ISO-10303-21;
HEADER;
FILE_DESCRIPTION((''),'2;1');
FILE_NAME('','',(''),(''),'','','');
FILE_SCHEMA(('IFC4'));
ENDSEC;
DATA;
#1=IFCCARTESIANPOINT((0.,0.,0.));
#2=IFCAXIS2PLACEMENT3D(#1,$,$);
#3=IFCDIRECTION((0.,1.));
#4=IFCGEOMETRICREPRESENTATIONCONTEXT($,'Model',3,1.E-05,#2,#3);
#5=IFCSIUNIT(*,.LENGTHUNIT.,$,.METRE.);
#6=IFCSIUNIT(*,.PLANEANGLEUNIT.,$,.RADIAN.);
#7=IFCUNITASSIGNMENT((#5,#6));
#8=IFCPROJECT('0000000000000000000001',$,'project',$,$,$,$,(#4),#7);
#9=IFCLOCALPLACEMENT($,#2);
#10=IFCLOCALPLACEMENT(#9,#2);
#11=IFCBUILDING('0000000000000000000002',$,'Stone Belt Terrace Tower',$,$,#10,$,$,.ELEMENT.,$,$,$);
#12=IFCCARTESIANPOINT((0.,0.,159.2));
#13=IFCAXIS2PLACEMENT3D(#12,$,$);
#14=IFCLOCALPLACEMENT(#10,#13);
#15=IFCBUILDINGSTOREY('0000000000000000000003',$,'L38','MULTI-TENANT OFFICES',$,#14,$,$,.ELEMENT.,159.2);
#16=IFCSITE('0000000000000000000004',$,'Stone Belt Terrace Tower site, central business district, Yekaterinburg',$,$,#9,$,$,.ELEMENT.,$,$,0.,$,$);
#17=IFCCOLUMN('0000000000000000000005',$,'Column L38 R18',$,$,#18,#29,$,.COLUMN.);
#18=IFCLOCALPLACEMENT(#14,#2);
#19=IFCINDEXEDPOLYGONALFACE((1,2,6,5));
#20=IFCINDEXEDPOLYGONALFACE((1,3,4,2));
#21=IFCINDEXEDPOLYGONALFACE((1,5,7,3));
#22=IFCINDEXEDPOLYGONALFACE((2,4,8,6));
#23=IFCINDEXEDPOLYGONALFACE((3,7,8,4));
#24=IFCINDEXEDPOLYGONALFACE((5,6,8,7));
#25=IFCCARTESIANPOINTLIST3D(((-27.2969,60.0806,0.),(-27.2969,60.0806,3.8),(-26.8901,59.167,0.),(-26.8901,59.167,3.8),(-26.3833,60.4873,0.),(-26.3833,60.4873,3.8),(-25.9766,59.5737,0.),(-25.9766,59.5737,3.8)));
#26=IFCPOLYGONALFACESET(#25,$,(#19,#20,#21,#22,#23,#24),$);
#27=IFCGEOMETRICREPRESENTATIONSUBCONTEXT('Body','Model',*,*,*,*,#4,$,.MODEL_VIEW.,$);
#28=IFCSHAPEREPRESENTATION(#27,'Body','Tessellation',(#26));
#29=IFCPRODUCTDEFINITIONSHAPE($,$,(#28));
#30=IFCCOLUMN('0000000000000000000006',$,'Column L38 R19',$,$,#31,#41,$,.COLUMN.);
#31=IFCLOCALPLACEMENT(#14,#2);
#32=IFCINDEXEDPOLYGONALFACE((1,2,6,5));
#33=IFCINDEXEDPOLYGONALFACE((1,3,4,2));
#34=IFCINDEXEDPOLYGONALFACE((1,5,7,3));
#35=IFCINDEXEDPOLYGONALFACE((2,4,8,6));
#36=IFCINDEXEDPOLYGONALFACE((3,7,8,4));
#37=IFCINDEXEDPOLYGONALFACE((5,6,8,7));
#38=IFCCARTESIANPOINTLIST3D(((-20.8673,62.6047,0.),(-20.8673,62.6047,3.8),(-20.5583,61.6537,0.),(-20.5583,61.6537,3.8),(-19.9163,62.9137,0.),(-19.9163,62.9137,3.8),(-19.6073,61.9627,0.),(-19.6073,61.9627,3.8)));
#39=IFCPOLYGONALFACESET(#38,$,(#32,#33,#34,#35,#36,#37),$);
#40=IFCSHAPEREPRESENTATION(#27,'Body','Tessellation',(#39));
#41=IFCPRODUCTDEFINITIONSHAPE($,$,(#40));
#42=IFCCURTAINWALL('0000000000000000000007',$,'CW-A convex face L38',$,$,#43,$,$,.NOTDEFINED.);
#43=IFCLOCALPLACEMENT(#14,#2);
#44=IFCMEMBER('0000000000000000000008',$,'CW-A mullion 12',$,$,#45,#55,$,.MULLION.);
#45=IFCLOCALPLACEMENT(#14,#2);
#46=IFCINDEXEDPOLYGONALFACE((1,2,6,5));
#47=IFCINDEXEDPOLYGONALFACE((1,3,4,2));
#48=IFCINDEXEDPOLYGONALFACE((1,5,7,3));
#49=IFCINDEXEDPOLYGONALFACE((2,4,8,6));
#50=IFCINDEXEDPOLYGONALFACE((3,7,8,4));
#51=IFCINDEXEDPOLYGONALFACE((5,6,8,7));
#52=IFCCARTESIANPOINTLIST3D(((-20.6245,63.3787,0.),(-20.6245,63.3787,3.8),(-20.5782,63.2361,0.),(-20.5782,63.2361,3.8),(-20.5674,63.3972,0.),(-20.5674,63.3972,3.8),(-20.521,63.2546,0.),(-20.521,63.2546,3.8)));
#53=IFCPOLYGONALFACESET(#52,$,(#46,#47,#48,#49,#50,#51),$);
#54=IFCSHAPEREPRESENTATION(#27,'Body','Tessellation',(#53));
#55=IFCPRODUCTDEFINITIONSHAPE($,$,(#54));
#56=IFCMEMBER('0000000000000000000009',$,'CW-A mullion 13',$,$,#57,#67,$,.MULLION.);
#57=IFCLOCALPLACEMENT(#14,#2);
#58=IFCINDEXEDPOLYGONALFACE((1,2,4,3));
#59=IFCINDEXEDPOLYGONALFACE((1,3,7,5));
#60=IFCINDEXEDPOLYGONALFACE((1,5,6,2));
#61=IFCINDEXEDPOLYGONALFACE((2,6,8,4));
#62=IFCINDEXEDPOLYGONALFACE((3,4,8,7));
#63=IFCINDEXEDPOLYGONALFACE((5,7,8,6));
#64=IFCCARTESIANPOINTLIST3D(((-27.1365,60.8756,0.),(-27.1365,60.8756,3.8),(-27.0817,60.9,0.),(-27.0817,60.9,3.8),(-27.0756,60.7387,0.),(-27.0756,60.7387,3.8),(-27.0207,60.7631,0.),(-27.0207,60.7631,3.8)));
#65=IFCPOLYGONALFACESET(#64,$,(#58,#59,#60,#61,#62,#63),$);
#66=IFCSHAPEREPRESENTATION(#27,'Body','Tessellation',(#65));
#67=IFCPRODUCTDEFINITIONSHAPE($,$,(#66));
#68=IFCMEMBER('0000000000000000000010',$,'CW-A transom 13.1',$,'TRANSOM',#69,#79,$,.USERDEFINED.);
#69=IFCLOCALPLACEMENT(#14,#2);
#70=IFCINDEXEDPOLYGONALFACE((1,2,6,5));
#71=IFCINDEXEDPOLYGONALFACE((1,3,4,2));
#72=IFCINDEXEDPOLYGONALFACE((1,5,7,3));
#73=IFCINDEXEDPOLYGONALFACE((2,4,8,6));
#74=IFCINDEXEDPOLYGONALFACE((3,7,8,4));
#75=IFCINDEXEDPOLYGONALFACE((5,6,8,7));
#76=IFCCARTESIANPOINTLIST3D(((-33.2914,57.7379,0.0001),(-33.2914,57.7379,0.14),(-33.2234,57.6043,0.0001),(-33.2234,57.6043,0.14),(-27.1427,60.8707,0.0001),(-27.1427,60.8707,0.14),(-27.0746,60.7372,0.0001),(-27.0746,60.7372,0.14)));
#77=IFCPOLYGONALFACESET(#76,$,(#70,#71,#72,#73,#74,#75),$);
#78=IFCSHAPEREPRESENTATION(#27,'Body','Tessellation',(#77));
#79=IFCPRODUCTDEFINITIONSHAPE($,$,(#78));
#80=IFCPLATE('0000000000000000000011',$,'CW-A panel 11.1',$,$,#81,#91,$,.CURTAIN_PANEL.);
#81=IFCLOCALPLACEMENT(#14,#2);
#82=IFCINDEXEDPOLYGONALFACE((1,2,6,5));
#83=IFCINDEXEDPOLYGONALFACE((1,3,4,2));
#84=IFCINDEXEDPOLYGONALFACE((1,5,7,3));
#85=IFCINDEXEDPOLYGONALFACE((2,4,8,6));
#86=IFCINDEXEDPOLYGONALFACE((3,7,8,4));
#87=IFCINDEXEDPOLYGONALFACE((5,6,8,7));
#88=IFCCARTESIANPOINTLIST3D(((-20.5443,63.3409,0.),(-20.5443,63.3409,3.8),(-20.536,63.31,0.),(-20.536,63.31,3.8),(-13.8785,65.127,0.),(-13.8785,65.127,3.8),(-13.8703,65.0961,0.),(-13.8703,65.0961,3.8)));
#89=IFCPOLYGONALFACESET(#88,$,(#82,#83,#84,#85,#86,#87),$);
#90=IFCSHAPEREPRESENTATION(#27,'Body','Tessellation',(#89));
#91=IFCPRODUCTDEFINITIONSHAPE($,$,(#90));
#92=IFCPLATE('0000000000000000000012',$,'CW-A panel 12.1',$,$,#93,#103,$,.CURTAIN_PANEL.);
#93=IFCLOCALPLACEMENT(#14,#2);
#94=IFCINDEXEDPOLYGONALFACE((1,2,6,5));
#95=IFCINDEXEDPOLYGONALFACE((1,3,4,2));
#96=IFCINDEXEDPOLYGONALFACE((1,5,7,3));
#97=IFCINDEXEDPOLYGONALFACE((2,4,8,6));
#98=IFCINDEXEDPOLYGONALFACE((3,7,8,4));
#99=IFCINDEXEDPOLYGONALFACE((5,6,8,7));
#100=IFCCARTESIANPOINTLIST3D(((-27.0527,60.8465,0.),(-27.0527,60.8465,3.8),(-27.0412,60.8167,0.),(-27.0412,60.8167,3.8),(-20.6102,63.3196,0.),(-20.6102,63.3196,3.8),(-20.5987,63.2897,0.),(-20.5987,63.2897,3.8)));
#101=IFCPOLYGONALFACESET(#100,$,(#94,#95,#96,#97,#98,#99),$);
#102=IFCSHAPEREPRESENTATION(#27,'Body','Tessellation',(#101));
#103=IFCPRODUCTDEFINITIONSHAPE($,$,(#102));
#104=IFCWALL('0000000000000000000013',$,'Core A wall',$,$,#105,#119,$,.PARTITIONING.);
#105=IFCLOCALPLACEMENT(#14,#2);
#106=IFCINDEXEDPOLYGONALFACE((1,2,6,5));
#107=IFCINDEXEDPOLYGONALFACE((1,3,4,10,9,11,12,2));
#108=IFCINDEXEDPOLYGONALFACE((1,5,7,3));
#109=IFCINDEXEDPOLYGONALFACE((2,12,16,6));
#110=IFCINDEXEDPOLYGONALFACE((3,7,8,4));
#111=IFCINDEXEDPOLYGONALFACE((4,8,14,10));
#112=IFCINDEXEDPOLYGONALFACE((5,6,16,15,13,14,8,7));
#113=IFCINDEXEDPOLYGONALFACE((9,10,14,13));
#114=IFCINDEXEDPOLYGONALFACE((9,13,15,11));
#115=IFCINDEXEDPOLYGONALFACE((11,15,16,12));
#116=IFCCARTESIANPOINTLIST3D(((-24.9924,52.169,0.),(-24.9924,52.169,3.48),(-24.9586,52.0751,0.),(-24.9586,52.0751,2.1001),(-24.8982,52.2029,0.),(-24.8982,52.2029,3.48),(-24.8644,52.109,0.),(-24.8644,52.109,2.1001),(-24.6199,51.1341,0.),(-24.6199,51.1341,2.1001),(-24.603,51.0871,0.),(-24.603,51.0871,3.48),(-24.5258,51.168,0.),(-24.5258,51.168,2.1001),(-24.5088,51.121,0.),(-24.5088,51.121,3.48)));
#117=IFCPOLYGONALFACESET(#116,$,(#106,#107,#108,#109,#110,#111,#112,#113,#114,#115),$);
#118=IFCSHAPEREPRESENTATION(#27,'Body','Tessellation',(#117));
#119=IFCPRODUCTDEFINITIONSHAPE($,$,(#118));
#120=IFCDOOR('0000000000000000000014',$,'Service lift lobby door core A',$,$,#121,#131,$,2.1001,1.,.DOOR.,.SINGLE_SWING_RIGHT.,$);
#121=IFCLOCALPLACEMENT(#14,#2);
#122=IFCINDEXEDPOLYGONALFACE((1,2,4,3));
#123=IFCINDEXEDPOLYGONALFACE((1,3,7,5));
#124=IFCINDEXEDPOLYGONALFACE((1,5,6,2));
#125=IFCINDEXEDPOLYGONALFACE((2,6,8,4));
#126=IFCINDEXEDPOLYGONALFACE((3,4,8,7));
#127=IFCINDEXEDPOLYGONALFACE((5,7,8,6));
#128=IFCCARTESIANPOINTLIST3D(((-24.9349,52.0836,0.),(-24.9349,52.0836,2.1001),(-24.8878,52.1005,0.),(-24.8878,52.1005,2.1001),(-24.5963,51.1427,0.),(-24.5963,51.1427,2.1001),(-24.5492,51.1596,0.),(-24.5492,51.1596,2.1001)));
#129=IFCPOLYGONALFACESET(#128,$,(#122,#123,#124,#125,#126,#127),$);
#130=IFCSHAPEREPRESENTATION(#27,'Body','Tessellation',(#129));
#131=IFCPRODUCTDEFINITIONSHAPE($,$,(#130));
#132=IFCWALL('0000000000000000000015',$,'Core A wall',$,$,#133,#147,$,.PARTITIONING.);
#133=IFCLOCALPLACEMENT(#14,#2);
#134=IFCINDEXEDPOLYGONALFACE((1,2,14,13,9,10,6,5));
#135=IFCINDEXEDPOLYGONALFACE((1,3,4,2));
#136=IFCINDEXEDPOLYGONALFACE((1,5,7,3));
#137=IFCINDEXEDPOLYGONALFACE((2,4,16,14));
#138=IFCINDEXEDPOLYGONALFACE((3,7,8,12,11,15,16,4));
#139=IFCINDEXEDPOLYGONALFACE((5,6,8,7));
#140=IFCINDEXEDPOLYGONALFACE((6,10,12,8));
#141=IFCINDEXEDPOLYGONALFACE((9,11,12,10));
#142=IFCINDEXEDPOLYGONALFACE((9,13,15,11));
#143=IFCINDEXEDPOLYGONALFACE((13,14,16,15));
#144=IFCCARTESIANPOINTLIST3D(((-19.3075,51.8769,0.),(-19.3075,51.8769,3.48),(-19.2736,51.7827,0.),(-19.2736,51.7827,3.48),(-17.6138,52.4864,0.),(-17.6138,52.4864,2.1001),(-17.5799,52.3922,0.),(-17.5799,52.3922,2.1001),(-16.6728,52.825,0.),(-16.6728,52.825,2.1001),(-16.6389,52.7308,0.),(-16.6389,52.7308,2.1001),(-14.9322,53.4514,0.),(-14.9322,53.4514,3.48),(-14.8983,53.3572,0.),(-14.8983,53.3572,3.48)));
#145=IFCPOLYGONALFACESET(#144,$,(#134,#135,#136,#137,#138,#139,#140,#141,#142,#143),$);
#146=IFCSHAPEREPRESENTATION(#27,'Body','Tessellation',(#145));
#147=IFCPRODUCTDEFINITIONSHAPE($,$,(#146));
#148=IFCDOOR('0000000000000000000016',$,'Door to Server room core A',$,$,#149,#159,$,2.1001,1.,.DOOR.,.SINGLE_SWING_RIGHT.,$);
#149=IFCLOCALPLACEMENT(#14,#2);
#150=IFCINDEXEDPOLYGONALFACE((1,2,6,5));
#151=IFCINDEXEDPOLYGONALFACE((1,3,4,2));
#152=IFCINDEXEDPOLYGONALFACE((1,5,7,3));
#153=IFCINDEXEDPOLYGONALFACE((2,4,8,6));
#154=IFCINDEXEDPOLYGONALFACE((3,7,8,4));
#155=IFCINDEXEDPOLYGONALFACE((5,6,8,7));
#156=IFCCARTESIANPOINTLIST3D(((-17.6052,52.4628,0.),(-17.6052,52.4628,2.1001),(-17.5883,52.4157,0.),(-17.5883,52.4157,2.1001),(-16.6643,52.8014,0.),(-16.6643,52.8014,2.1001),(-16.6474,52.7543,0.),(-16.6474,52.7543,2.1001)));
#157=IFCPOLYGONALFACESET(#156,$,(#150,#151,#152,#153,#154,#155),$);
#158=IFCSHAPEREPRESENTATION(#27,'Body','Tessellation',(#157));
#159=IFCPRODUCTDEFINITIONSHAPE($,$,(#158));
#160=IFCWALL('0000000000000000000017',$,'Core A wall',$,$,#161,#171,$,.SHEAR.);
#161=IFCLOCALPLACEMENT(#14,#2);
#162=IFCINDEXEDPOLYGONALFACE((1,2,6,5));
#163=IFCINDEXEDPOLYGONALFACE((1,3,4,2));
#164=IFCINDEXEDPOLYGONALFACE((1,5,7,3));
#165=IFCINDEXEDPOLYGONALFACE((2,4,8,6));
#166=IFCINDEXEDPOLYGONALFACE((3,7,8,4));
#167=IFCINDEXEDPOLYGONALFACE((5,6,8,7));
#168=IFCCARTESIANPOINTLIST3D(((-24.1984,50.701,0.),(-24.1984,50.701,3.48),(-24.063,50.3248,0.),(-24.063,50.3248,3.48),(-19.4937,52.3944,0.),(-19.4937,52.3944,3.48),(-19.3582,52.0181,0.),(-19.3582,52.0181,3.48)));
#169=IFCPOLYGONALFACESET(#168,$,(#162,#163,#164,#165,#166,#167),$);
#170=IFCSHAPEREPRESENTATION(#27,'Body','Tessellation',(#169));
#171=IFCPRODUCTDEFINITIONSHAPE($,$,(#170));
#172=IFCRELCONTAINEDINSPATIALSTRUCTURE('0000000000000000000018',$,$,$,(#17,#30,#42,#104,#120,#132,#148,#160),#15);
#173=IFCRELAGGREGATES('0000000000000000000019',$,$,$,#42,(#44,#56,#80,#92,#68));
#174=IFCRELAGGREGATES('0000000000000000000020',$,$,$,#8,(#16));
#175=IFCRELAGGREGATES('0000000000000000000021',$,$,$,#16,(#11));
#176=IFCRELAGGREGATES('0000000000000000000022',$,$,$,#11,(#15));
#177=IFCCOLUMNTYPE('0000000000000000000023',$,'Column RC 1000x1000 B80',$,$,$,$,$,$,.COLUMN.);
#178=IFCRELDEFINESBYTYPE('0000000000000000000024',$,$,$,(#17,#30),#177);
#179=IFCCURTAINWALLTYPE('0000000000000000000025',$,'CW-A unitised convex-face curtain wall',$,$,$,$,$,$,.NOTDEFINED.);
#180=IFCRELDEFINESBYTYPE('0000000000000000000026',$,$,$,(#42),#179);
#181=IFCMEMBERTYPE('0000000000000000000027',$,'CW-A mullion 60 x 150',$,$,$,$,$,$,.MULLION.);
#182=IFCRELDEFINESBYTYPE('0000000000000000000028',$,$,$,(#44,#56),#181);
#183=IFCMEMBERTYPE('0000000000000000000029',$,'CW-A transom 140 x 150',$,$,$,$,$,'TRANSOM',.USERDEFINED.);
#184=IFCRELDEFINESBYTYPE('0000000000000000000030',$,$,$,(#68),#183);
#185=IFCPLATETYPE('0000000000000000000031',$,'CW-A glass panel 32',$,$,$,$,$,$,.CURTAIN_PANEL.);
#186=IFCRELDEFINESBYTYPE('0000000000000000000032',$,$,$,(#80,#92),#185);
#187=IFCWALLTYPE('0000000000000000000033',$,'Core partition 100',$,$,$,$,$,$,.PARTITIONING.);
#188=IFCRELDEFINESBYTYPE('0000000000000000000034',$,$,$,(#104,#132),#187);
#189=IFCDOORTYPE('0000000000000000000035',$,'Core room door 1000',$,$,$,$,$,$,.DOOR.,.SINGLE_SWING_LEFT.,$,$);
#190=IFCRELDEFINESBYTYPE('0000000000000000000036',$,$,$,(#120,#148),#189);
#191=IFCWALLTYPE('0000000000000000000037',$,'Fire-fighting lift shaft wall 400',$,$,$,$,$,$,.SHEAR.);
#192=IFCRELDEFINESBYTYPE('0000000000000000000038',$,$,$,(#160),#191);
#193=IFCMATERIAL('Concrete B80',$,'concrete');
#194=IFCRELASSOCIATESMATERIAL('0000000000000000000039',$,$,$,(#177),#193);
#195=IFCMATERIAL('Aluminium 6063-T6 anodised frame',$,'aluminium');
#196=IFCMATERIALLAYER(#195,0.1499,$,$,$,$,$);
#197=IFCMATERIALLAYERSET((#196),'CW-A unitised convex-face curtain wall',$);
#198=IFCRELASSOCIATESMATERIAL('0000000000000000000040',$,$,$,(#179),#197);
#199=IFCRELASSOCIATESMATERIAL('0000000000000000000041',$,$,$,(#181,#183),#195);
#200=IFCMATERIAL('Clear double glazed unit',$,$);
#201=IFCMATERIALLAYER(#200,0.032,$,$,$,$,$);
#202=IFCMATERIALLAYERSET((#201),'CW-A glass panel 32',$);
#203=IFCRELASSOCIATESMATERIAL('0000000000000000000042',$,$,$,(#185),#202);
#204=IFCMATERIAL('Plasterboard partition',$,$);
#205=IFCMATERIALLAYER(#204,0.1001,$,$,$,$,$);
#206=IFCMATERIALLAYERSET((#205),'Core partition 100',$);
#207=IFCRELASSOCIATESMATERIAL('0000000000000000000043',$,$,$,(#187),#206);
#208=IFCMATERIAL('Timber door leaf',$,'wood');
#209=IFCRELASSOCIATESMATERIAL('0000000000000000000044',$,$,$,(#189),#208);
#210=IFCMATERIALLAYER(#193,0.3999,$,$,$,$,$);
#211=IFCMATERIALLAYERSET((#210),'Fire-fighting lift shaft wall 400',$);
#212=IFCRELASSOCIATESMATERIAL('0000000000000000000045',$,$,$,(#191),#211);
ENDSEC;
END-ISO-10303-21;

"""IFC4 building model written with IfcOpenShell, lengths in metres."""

from ifc_helpers import new_model, si_unit, direction, frame, frame_2d, origin, origin_2d, place, context, subcontext, project, spatial, rectangle, extrude, material, layer, layer_set, material_profile, profile_set, type_object, element, fill, aggregate, save


model = new_model("IFC4")

# Units and contexts
model_context = context("Model", 3, precision=1e-05, world=origin(), true_north=direction((0.0, 1.0)))
body_context = subcontext(model_context, "Body", "Model", "MODEL_VIEW")
ifc_project = project(units=[si_unit("LENGTHUNIT", "METRE"), si_unit("PLANEANGLEUNIT", "RADIAN")], contexts=[model_context])

# Site, building, storey
site_placement = place(None, origin())
site = spatial("IfcSite", under=ifc_project, at=site_placement, Name="Stone Belt Terrace Tower site, central business district, Yekaterinburg", CompositionType="ELEMENT", RefElevation=0.0)
building_placement = place(site_placement, origin())
building = spatial("IfcBuilding", under=site, at=building_placement, Name="Stone Belt Terrace Tower", CompositionType="ELEMENT")
storey_placement = place(building_placement, frame((0.0, 0.0, 159.2)))
storey = spatial("IfcBuildingStorey", under=building, at=storey_placement, Name="L38", Description="MULTI-TENANT OFFICES", CompositionType="ELEMENT", Elevation=159.2)

# Columns
ifc_material_1 = material(Name="Concrete B80", Category="concrete")
ifc_material_profile_1 = material_profile(ifc_material_1, rectangle(XDim=1.0, YDim=1.0, at=origin_2d()), Name="RC 1000x1000")
ifc_profile_set_1 = profile_set([ifc_material_profile_1], Name="Concrete B80")
column_type = type_object("IfcColumnType", Name="Column RC 1000x1000 B80", PredefinedType="COLUMN", material=ifc_profile_set_1)
for number, where, z_axis, x_axis, name in (
    (1, (-26.6367, 59.8271, 0.0), (0.0, 0.0, 1.0), (0.913545, 0.406737, 0.0), "Column L38 R18"),
    (2, (-20.2373, 62.2837, 0.0), (0.0, 0.0, 1.0), (0.951057, 0.309017, 0.0), "Column L38 R19"),
):
    element("IfcColumn", number, at=place(storey_placement, frame(where, z_axis=z_axis, x_axis=x_axis)), inside=storey, type_object=column_type, Name=name, PredefinedType="COLUMN", context=body_context, shape_type="SweptSolid", body=[
        extrude(rectangle(XDim=1.0, YDim=1.0, at=origin_2d()), origin(), (0.0, 0.0, 1.0), 3.8),
    ])

# Curtain wall, members, plates
ifc_material_2 = material(Name="Aluminium 6063-T6 anodised frame", Category="aluminium")
ifc_layer_1 = layer(ifc_material_2, 0.1499)
ifc_layer_set_1 = layer_set([ifc_layer_1], Name="CW-A unitised convex-face curtain wall")
curtain_wall_type = type_object("IfcCurtainWallType", Name="CW-A unitised convex-face curtain wall", PredefinedType="NOTDEFINED", material=ifc_layer_set_1)
curtain_wall_placement = place(storey_placement, origin())
curtain_wall = element("IfcCurtainWall", 3, at=curtain_wall_placement, inside=storey, type_object=curtain_wall_type, Name="CW-A convex face L38", PredefinedType="NOTDEFINED")
ifc_material_profile_2 = material_profile(ifc_material_2, rectangle(XDim=0.1499, YDim=0.0601, at=origin_2d()), Name="Aluminium 6063-T6 60x150")
ifc_profile_set_2 = profile_set([ifc_material_profile_2], Name="Aluminium 6063-T6 anodised frame")
member_type_1 = type_object("IfcMemberType", Name="CW-A mullion 60 x 150", PredefinedType="MULLION", material=ifc_profile_set_2)
member_1_placement = place(storey_placement, frame((-20.5728, 63.3167, 0.0), z_axis=(0.0, 0.0, 1.0), x_axis=(0.309017, -0.951057, 0.0)))
member_1 = element("IfcMember", 4, at=member_1_placement, type_object=member_type_1, Name="CW-A mullion 12", PredefinedType="MULLION", context=body_context, shape_type="SweptSolid", body=[
    extrude(rectangle(XDim=0.1499, YDim=0.0601, at=origin_2d()), origin(), (0.0, 0.0, 1.0), 3.8),
])
member_2_placement = place(storey_placement, frame((-27.0786, 60.8193, 0.0), z_axis=(0.0, 0.0, 1.0), x_axis=(0.406737, -0.913545, 0.0)))
member_2 = element("IfcMember", 5, at=member_2_placement, type_object=member_type_1, Name="CW-A mullion 13", PredefinedType="MULLION", context=body_context, shape_type="SweptSolid", body=[
    extrude(rectangle(XDim=0.1499, YDim=0.0601, at=origin_2d()), origin(), (0.0, 0.0, 1.0), 3.8),
])
ifc_material_profile_3 = material_profile(ifc_material_2, rectangle(XDim=0.1499, YDim=0.1399, at=origin_2d()), Name="Aluminium 6063-T6 150x140")
ifc_profile_set_3 = profile_set([ifc_material_profile_3], Name="Aluminium 6063-T6 anodised frame")
member_type_2 = type_object("IfcMemberType", Name="CW-A transom 140 x 150", ElementType="TRANSOM", PredefinedType="USERDEFINED", material=ifc_profile_set_3)
member_3_placement = place(storey_placement, frame((-27.1086, 60.804, 0.0701), z_axis=(-0.891012, -0.453979, 0.0), x_axis=(0.453979, -0.891012, 0.0)))
member_3 = element("IfcMember", 6, at=member_3_placement, type_object=member_type_2, Name="CW-A transom 13.1", ObjectType="TRANSOM", PredefinedType="USERDEFINED", context=body_context, shape_type="SweptSolid", body=[
    extrude(rectangle(XDim=0.1499, YDim=0.1399, at=origin_2d()), origin(), (0.0, 0.0, 1.0), 6.9009),
])
ifc_material_3 = material(Name="Clear double glazed unit")
ifc_layer_2 = layer(ifc_material_3, 0.032)
ifc_layer_set_2 = layer_set([ifc_layer_2], Name="CW-A glass panel 32")
plate_type = type_object("IfcPlateType", Name="CW-A glass panel 32", PredefinedType="CURTAIN_PANEL", material=ifc_layer_set_2)
plate_1_placement = place(storey_placement, frame((-17.2073, 64.2185, 0.0), z_axis=(0.0, 0.0, 1.0), x_axis=(-0.965926, -0.258819, 0.0)))
plate_1 = element("IfcPlate", 7, at=plate_1_placement, type_object=plate_type, Name="CW-A panel 11.1", PredefinedType="CURTAIN_PANEL", context=body_context, shape_type="SweptSolid", body=[
    extrude(rectangle(XDim=6.9009, YDim=0.032, at=origin_2d()), origin(), (0.0, 0.0, 1.0), 3.8),
])
plate_2_placement = place(storey_placement, frame((-23.8257, 62.0681, 0.0), z_axis=(0.0, 0.0, 1.0), x_axis=(-0.93358, -0.358368, 0.0)))
plate_2 = element("IfcPlate", 8, at=plate_2_placement, type_object=plate_type, Name="CW-A panel 12.1", PredefinedType="CURTAIN_PANEL", context=body_context, shape_type="SweptSolid", body=[
    extrude(rectangle(XDim=6.9009, YDim=0.032, at=origin_2d()), origin(), (0.0, 0.0, 1.0), 3.8),
])
aggregate(curtain_wall, [member_1, member_2, plate_1, plate_2, member_3])

# Walls, openings, doors
ifc_material_4 = material(Name="Plasterboard partition")
ifc_layer_3 = layer(ifc_material_4, 0.1001)
ifc_layer_set_3 = layer_set([ifc_layer_3], Name="Core partition 100")
wall_type_1 = type_object("IfcWallType", Name="Core partition 100", PredefinedType="PARTITIONING", material=ifc_layer_set_3)
wall_1_placement = place(storey_placement, frame((-24.5559, 51.104, 0.0), z_axis=(0.0, 0.0, 1.0), x_axis=(-0.338622, 0.940923, 0.0)))
wall_1 = element("IfcWall", 9, at=wall_1_placement, inside=storey, type_object=wall_type_1, Name="Core A wall", PredefinedType="PARTITIONING", context=body_context, shape_type="SweptSolid", body=[
    extrude(rectangle(XDim=1.1499, YDim=0.1001, at=frame_2d((0.575, 0.0))), origin(), (0.0, 0.0, 1.0), 3.48),
])
opening_1_placement = place(wall_1_placement, frame((0.05, 0.0, 0.0)))
opening_1 = element("IfcOpeningElement", 10, at=opening_1_placement, cuts=wall_1, PredefinedType="OPENING", context=body_context, shape_type="SweptSolid", body=[
    extrude(rectangle(XDim=1.0, YDim=2.1001, at=frame_2d((0.5, 1.05))), frame((0.0, 0.0601, 0.0), z_axis=(0.0, -1.0, 0.0), x_axis=(1.0, 0.0, 0.0)), (0.0, 0.0, 1.0), 0.1201),
])
ifc_material_5 = material(Name="Timber door leaf", Category="wood")
door_type_1 = type_object("IfcDoorType", Name="Core room door 1000", OperationType="SINGLE_SWING_LEFT", PredefinedType="DOOR", material=ifc_material_5)
door_1_placement = place(opening_1_placement, origin())
door_1 = element("IfcDoor", 11, at=door_1_placement, inside=storey, type_object=door_type_1, Name="Service lift lobby door core A", OperationType="SINGLE_SWING_RIGHT", OverallHeight=2.1001, OverallWidth=1.0, PredefinedType="DOOR", context=body_context, shape_type="SweptSolid", body=[
    extrude(rectangle(XDim=1.0, YDim=2.1001, at=frame_2d((0.5, 1.05))), frame((0.0, 0.0249, 0.0), z_axis=(0.0, -1.0, 0.0), x_axis=(1.0, 0.0, 0.0)), (0.0, 0.0, 1.0), 0.05),
])
fill(opening_1, door_1)
wall_2_placement = place(storey_placement, frame((-19.2905, 51.8298, 0.0), z_axis=(0.0, 0.0, 1.0), x_axis=(0.94093, 0.3386, 0.0)))
wall_2 = element("IfcWall", 12, at=wall_2_placement, inside=storey, type_object=wall_type_1, Name="Core A wall", PredefinedType="PARTITIONING", context=body_context, shape_type="SweptSolid", body=[
    extrude(rectangle(XDim=4.6499, YDim=0.1001, at=frame_2d((2.325, 0.0))), origin(), (0.0, 0.0, 1.0), 3.48),
])
opening_2_placement = place(wall_2_placement, frame((1.8, 0.0, 0.0)))
opening_2 = element("IfcOpeningElement", 13, at=opening_2_placement, cuts=wall_2, PredefinedType="OPENING", context=body_context, shape_type="SweptSolid", body=[
    extrude(rectangle(XDim=1.0, YDim=2.1001, at=frame_2d((0.5, 1.05))), frame((0.0, 0.0601, 0.0), z_axis=(0.0, -1.0, 0.0), x_axis=(1.0, 0.0, 0.0)), (0.0, 0.0, 1.0), 0.1201),
])
door_2_placement = place(opening_2_placement, origin())
door_2 = element("IfcDoor", 14, at=door_2_placement, inside=storey, type_object=door_type_1, Name="Door to Server room core A", OperationType="SINGLE_SWING_RIGHT", OverallHeight=2.1001, OverallWidth=1.0, PredefinedType="DOOR", context=body_context, shape_type="SweptSolid", body=[
    extrude(rectangle(XDim=1.0, YDim=2.1001, at=frame_2d((0.5, 1.05))), frame((0.0, 0.0249, 0.0), z_axis=(0.0, -1.0, 0.0), x_axis=(1.0, 0.0, 0.0)), (0.0, 0.0, 1.0), 0.05),
])
fill(opening_2, door_2)

# Wall
ifc_layer_4 = layer(ifc_material_1, 0.3999)
ifc_layer_set_4 = layer_set([ifc_layer_4], Name="Fire-fighting lift shaft wall 400")
wall_type_2 = type_object("IfcWallType", Name="Fire-fighting lift shaft wall 400", PredefinedType="SHEAR", material=ifc_layer_set_4)
wall_3_placement = place(storey_placement, frame((-24.1306, 50.5129, 0.0), z_axis=(0.0, 0.0, 1.0), x_axis=(0.940912, 0.338652, 0.0)))
element("IfcWall", 15, at=wall_3_placement, inside=storey, type_object=wall_type_2, Name="Core A wall", PredefinedType="SHEAR", context=body_context, shape_type="SweptSolid", body=[
    extrude(rectangle(XDim=5.0002, YDim=0.3999, at=frame_2d((2.5, 0.0))), origin(), (0.0, 0.0, 1.0), 3.48),
])

save(model, "model.ifc")
